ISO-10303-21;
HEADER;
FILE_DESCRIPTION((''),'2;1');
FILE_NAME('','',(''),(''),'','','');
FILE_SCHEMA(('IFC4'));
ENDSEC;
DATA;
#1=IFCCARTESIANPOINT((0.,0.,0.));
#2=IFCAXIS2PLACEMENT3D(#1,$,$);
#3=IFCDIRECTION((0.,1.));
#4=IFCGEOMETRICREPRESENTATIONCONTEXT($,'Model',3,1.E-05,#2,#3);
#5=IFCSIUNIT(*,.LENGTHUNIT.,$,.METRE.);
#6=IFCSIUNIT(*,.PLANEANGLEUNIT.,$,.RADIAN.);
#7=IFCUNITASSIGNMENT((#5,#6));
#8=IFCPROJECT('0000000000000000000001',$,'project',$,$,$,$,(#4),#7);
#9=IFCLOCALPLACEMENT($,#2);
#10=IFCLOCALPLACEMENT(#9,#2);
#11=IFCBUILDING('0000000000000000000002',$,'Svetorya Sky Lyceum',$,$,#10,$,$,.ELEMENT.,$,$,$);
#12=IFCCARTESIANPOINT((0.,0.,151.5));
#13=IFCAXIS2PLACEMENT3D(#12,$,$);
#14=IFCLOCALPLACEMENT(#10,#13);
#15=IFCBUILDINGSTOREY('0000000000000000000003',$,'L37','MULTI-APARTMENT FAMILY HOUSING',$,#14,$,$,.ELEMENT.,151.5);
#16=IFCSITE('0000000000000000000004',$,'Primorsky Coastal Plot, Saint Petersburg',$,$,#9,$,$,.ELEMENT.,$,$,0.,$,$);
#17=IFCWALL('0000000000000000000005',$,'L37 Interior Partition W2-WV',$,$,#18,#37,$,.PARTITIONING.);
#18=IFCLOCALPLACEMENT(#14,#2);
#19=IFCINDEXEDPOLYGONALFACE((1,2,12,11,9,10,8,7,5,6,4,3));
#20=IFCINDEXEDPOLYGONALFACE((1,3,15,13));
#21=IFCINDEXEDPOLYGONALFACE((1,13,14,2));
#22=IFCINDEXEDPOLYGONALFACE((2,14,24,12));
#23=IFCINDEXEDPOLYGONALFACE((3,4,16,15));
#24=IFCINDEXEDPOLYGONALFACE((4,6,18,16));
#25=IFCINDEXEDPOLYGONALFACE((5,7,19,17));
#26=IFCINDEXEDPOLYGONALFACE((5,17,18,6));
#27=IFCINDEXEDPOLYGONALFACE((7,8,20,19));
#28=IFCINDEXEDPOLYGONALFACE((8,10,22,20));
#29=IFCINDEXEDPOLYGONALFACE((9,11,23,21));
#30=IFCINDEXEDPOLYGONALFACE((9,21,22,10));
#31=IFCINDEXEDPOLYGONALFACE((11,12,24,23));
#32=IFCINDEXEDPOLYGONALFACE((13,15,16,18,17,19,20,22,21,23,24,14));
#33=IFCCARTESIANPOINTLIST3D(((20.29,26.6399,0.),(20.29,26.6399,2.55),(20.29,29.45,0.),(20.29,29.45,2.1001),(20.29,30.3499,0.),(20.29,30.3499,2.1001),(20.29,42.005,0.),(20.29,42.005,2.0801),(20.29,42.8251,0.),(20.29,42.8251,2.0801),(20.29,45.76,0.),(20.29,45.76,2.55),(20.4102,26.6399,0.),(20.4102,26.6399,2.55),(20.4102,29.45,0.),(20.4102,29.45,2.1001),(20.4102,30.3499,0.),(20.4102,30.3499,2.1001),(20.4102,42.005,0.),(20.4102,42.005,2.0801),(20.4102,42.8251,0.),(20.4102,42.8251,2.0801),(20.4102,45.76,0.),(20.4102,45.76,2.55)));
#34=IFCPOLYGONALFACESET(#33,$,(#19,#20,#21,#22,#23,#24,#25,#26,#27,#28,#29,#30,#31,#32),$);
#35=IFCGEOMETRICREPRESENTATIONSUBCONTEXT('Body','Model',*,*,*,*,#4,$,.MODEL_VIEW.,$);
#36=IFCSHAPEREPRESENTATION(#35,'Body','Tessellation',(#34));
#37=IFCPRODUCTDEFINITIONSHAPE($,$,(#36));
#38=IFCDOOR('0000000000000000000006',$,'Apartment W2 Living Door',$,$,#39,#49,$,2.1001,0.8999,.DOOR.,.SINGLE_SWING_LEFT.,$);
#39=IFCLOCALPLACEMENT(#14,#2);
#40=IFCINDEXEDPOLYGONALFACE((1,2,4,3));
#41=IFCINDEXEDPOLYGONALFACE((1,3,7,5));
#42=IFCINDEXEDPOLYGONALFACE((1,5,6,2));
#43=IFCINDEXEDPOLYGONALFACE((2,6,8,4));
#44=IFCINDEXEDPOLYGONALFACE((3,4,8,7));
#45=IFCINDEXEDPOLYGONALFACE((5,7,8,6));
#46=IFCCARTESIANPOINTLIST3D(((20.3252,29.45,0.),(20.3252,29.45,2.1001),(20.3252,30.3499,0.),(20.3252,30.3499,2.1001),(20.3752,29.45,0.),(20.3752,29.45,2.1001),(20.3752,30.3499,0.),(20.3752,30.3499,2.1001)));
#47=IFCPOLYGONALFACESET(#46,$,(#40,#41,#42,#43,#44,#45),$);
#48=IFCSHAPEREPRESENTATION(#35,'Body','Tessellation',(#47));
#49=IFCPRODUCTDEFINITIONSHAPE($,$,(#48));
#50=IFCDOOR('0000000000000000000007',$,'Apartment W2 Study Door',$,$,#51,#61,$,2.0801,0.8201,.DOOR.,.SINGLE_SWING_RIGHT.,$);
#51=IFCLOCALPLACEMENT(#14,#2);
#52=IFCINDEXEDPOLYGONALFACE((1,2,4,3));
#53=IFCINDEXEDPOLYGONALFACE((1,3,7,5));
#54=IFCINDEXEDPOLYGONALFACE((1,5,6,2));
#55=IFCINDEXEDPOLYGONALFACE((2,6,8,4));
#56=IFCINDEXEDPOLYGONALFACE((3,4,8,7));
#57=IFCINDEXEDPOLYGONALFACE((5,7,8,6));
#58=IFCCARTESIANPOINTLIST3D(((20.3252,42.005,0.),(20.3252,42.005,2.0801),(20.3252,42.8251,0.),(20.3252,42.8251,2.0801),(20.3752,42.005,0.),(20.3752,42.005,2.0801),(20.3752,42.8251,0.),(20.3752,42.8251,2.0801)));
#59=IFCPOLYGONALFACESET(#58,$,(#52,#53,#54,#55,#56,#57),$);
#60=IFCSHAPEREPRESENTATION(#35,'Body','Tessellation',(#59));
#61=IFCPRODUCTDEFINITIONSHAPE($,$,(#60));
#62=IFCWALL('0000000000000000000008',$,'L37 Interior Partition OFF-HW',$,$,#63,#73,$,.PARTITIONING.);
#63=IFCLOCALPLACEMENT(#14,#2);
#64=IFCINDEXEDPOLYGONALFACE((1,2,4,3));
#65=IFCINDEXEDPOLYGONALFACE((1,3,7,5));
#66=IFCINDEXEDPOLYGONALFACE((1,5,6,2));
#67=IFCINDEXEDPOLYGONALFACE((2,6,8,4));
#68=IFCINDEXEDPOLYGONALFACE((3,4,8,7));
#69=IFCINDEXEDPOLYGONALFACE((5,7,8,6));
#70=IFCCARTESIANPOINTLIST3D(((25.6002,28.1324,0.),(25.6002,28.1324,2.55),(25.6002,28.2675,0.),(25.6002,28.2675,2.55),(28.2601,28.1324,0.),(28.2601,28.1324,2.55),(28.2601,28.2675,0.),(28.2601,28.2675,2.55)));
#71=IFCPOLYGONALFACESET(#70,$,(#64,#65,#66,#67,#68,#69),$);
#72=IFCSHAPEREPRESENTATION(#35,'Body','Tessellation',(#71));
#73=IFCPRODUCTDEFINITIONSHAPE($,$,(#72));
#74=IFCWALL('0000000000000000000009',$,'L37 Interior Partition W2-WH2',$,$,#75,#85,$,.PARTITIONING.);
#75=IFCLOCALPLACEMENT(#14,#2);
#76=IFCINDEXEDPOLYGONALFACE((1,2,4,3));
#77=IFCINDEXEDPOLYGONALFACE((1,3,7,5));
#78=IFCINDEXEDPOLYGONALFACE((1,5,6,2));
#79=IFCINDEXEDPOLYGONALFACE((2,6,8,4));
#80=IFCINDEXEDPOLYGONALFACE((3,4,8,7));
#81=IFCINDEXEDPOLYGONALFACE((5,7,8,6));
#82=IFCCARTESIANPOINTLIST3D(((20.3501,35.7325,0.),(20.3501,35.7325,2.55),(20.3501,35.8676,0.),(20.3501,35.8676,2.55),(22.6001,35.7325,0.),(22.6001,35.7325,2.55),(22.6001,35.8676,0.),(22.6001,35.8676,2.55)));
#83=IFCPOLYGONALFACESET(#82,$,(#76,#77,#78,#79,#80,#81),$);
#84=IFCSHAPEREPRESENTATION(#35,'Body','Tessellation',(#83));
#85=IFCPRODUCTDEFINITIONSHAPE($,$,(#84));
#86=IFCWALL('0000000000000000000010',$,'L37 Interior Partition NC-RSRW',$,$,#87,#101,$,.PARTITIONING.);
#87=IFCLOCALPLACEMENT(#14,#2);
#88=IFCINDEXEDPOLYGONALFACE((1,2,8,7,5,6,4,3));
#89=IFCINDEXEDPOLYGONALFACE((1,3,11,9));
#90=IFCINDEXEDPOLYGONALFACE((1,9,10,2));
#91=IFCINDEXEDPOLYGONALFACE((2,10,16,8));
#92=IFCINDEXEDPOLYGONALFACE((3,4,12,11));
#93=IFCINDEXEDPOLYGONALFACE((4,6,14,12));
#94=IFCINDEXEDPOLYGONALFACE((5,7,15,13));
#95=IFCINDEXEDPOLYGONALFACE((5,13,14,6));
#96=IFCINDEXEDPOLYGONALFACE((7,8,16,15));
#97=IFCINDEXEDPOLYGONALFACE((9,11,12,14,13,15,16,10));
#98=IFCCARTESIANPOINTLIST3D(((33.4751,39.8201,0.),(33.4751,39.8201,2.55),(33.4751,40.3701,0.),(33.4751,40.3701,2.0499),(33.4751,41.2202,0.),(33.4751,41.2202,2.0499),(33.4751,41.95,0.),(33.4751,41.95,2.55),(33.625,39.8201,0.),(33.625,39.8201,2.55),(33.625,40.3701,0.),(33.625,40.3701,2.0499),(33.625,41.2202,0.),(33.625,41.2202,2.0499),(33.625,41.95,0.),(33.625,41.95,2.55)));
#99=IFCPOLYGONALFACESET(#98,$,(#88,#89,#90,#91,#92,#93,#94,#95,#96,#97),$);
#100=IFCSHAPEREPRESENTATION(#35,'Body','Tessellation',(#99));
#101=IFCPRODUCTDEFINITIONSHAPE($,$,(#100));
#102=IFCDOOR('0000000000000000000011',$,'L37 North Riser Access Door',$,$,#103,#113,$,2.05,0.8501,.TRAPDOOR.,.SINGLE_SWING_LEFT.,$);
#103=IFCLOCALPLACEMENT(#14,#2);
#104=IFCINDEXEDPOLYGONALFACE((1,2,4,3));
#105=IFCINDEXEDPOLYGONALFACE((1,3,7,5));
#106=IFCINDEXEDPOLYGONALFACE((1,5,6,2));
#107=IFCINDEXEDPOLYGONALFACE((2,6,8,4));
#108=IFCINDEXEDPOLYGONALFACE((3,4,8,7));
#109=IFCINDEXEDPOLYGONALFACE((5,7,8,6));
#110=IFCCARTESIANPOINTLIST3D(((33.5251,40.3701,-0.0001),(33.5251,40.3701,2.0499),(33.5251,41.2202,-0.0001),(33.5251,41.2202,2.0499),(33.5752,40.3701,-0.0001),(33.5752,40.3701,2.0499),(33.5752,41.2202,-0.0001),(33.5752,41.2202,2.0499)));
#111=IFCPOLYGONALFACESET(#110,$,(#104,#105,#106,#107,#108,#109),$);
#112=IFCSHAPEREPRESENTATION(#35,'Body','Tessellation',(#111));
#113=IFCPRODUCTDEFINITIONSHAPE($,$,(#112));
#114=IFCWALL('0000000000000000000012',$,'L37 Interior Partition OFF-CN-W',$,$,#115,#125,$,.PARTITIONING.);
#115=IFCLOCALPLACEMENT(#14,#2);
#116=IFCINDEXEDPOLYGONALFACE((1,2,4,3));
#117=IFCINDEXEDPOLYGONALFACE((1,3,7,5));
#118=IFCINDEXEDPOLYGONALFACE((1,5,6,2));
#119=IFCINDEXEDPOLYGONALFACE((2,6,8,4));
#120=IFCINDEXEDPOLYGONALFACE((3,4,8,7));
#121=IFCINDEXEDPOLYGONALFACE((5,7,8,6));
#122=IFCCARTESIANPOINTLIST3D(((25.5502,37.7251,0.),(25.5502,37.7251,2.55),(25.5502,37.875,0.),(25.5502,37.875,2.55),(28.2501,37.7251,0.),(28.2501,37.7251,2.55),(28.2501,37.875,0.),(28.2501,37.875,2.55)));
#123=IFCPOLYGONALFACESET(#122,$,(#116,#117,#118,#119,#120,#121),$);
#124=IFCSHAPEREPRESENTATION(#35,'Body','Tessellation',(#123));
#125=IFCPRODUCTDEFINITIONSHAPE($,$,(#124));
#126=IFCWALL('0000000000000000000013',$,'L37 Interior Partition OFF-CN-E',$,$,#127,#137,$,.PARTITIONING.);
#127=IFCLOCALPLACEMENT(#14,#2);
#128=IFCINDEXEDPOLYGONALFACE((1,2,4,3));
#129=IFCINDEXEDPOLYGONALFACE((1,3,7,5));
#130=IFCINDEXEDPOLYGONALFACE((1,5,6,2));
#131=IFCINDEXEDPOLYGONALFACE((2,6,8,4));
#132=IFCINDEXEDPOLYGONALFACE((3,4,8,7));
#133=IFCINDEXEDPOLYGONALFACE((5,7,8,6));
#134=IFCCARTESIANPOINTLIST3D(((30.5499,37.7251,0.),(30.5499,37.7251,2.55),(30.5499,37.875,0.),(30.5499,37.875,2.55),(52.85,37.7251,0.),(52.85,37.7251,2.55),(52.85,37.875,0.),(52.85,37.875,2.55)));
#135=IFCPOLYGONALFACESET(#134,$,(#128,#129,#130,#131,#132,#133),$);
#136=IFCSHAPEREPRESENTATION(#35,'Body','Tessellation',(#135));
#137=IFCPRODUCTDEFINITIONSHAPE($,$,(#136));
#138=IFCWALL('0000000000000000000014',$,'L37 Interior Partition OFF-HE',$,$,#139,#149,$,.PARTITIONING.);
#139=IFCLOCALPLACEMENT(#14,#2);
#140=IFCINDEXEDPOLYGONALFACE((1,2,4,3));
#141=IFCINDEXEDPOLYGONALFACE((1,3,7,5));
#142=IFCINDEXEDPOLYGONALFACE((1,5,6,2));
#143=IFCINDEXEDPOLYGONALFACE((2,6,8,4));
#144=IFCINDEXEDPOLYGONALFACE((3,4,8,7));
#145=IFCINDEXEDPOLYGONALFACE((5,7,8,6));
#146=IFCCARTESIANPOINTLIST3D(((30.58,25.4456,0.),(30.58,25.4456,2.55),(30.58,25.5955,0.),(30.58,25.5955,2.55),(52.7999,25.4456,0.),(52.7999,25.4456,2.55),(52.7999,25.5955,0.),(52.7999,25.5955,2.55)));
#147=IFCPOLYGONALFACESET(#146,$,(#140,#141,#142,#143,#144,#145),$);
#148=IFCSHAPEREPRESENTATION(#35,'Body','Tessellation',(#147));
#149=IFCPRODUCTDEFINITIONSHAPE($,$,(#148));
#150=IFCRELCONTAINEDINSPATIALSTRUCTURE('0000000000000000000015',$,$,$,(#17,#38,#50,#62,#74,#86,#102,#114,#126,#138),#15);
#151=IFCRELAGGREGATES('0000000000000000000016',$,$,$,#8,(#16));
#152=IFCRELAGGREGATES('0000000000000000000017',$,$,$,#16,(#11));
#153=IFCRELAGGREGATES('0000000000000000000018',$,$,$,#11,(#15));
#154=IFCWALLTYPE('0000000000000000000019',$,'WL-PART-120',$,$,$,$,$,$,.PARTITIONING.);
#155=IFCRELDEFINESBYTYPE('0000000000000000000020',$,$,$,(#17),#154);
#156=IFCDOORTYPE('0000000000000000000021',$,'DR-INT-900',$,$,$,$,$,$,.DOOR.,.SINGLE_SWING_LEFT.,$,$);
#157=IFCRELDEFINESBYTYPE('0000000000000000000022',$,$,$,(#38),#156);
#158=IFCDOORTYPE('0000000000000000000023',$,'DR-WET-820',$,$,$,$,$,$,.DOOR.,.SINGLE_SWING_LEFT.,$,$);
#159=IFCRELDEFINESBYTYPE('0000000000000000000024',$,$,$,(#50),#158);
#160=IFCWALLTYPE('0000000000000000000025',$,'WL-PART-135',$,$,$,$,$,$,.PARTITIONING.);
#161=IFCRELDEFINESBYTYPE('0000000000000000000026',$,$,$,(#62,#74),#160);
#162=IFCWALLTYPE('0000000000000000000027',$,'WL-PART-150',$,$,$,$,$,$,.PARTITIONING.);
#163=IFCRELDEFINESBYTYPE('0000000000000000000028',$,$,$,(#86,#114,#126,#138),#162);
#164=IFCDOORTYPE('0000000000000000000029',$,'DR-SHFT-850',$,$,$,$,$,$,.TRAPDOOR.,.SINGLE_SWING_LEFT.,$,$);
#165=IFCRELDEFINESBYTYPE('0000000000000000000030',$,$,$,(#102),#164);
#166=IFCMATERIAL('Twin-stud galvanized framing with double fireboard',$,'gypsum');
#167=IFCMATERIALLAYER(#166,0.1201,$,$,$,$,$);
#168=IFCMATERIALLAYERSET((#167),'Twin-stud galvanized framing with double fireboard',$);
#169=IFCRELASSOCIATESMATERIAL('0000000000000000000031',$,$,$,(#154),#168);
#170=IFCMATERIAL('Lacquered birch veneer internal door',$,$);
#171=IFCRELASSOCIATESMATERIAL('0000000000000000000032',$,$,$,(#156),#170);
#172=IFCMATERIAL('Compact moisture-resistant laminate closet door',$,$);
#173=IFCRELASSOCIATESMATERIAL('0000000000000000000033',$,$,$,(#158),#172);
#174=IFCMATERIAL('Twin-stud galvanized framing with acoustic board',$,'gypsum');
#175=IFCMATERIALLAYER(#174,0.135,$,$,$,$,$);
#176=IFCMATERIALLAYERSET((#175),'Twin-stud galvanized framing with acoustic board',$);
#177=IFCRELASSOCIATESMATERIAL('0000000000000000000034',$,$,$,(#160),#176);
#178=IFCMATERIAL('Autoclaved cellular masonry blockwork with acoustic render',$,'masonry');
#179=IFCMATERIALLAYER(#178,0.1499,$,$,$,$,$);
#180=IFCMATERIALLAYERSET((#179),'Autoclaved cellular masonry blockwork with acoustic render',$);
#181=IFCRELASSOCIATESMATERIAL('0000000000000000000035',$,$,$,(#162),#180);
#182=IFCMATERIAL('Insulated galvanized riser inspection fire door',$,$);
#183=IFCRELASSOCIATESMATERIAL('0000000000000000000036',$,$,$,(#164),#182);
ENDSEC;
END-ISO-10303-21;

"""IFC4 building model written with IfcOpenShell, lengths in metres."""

from ifc_helpers import new_model, si_unit, direction, frame, frame_2d, origin, place, context, subcontext, project, spatial, rectangle, extrude, material, layer, layer_set, type_object, element, fill, save


model = new_model("IFC4")

# Units and contexts
model_context = context("Model", 3, precision=1e-05, world=origin(), true_north=direction((0.0, 1.0)))
body_context = subcontext(model_context, "Body", "Model", "MODEL_VIEW")
ifc_project = project(units=[si_unit("LENGTHUNIT", "METRE"), si_unit("PLANEANGLEUNIT", "RADIAN")], contexts=[model_context])

# Site, building, storey
site_placement = place(None, origin())
site = spatial("IfcSite", under=ifc_project, at=site_placement, Name="Primorsky Coastal Plot, Saint Petersburg", CompositionType="ELEMENT", RefElevation=0.0)
building_placement = place(site_placement, origin())
building = spatial("IfcBuilding", under=site, at=building_placement, Name="Svetorya Sky Lyceum", CompositionType="ELEMENT")
storey_placement = place(building_placement, frame((0.0, 0.0, 151.5)))
storey = spatial("IfcBuildingStorey", under=building, at=storey_placement, Name="L37", Description="MULTI-APARTMENT FAMILY HOUSING", CompositionType="ELEMENT", Elevation=151.5)

# Shared definitions
ifc_material_1 = material(Name="Twin-stud galvanized framing with double fireboard", Category="gypsum")
ifc_layer_1 = layer(ifc_material_1, 0.1201)
ifc_layer_set_1 = layer_set([ifc_layer_1], Name="Twin-stud galvanized framing with double fireboard")
wall_type_1 = type_object("IfcWallType", Name="WL-PART-120", PredefinedType="PARTITIONING", material=ifc_layer_set_1)

# Wall, openings, doors
wall_1_placement = place(storey_placement, frame((20.3501, 26.6399, 0.0), z_axis=(0.0, 0.0, 1.0), x_axis=(0.0, 1.0, 0.0)))
wall_1 = element("IfcWall", 1, at=wall_1_placement, inside=storey, type_object=wall_type_1, Name="L37 Interior Partition W2-WV", PredefinedType="PARTITIONING", context=body_context, shape_type="SweptSolid", body=[
    extrude(rectangle(XDim=19.1201, YDim=0.1201, at=frame_2d((9.5601, 0.0))), origin(), (0.0, 0.0, 1.0), 2.55),
])
opening_1_placement = place(wall_1_placement, frame((2.8101, 0.0, 0.0)))
opening_1 = element("IfcOpeningElement", 2, at=opening_1_placement, cuts=wall_1, PredefinedType="OPENING", context=body_context, shape_type="SweptSolid", body=[
    extrude(rectangle(XDim=0.8999, YDim=2.1001, at=frame_2d((0.45, 1.05))), frame((0.0, 0.0701, 0.0), z_axis=(0.0, -1.0, 0.0), x_axis=(1.0, 0.0, 0.0)), (0.0, 0.0, 1.0), 0.1401),
])
opening_2_placement = place(wall_1_placement, frame((15.365, 0.0, 0.0)))
opening_2 = element("IfcOpeningElement", 3, at=opening_2_placement, cuts=wall_1, PredefinedType="OPENING", context=body_context, shape_type="SweptSolid", body=[
    extrude(rectangle(XDim=0.8201, YDim=2.0801, at=frame_2d((0.4102, 1.04))), frame((0.0, 0.0701, 0.0), z_axis=(0.0, -1.0, 0.0), x_axis=(1.0, 0.0, 0.0)), (0.0, 0.0, 1.0), 0.1401),
])
ifc_material_2 = material(Name="Lacquered birch veneer internal door")
door_type_1 = type_object("IfcDoorType", Name="DR-INT-900", OperationType="SINGLE_SWING_LEFT", PredefinedType="DOOR", material=ifc_material_2)
door_1_placement = place(opening_1_placement, origin())
door_1 = element("IfcDoor", 4, at=door_1_placement, inside=storey, type_object=door_type_1, Name="Apartment W2 Living Door", OperationType="SINGLE_SWING_LEFT", OverallHeight=2.1001, OverallWidth=0.8999, PredefinedType="DOOR", context=body_context, shape_type="SweptSolid", body=[
    extrude(rectangle(XDim=0.8999, YDim=2.1001, at=frame_2d((0.45, 1.05))), frame((0.0, 0.0249, 0.0), z_axis=(0.0, -1.0, 0.0), x_axis=(1.0, 0.0, 0.0)), (0.0, 0.0, 1.0), 0.05),
])
fill(opening_1, door_1)
ifc_material_3 = material(Name="Compact moisture-resistant laminate closet door")
door_type_2 = type_object("IfcDoorType", Name="DR-WET-820", OperationType="SINGLE_SWING_LEFT", PredefinedType="DOOR", material=ifc_material_3)
door_2_placement = place(opening_2_placement, origin())
door_2 = element("IfcDoor", 5, at=door_2_placement, inside=storey, type_object=door_type_2, Name="Apartment W2 Study Door", OperationType="SINGLE_SWING_RIGHT", OverallHeight=2.0801, OverallWidth=0.8201, PredefinedType="DOOR", context=body_context, shape_type="SweptSolid", body=[
    extrude(rectangle(XDim=0.8201, YDim=2.0801, at=frame_2d((0.4102, 1.04))), frame((0.0, 0.0249, 0.0), z_axis=(0.0, -1.0, 0.0), x_axis=(1.0, 0.0, 0.0)), (0.0, 0.0, 1.0), 0.05),
])
fill(opening_2, door_2)

# Walls
ifc_material_4 = material(Name="Twin-stud galvanized framing with acoustic board", Category="gypsum")
ifc_layer_2 = layer(ifc_material_4, 0.135)
ifc_layer_set_2 = layer_set([ifc_layer_2], Name="Twin-stud galvanized framing with acoustic board")
wall_type_2 = type_object("IfcWallType", Name="WL-PART-135", PredefinedType="PARTITIONING", material=ifc_layer_set_2)
wall_2_placement = place(storey_placement, frame((25.6001, 28.2, 0.0), z_axis=(0.0, 0.0, 1.0), x_axis=(1.0, 0.0, 0.0)))
element("IfcWall", 6, at=wall_2_placement, inside=storey, type_object=wall_type_2, Name="L37 Interior Partition OFF-HW", PredefinedType="PARTITIONING", context=body_context, shape_type="SweptSolid", body=[
    extrude(rectangle(XDim=2.6599, YDim=0.135, at=frame_2d((1.3301, 0.0))), origin(), (0.0, 0.0, 1.0), 2.55),
])
wall_3_placement = place(storey_placement, frame((20.3501, 35.8, 0.0), z_axis=(0.0, 0.0, 1.0), x_axis=(1.0, 0.0, 0.0)))
element("IfcWall", 7, at=wall_3_placement, inside=storey, type_object=wall_type_2, Name="L37 Interior Partition W2-WH2", PredefinedType="PARTITIONING", context=body_context, shape_type="SweptSolid", body=[
    extrude(rectangle(XDim=2.25, YDim=0.135, at=frame_2d((1.125, 0.0))), origin(), (0.0, 0.0, 1.0), 2.55),
])

# Wall, opening, door
ifc_material_5 = material(Name="Autoclaved cellular masonry blockwork with acoustic render", Category="masonry")
ifc_layer_3 = layer(ifc_material_5, 0.1499)
ifc_layer_set_3 = layer_set([ifc_layer_3], Name="Autoclaved cellular masonry blockwork with acoustic render")
wall_type_3 = type_object("IfcWallType", Name="WL-PART-150", PredefinedType="PARTITIONING", material=ifc_layer_set_3)
wall_4_placement = place(storey_placement, frame((33.55, 39.8201, 0.0), z_axis=(0.0, 0.0, 1.0), x_axis=(0.0, 1.0, 0.0)))
wall_4 = element("IfcWall", 8, at=wall_4_placement, inside=storey, type_object=wall_type_3, Name="L37 Interior Partition NC-RSRW", PredefinedType="PARTITIONING", context=body_context, shape_type="SweptSolid", body=[
    extrude(rectangle(XDim=2.1299, YDim=0.1499, at=frame_2d((1.0649, 0.0))), origin(), (0.0, 0.0, 1.0), 2.55),
])
opening_3_placement = place(wall_4_placement, frame((0.55, 0.0, 0.0)))
opening_3 = element("IfcOpeningElement", 9, at=opening_3_placement, cuts=wall_4, PredefinedType="OPENING", context=body_context, shape_type="SweptSolid", body=[
    extrude(rectangle(XDim=0.8501, YDim=2.05, at=frame_2d((0.425, 1.0249))), frame((0.0, 0.085, 0.0), z_axis=(0.0, -1.0, 0.0), x_axis=(1.0, 0.0, 0.0)), (0.0, 0.0, 1.0), 0.1699),
])
ifc_material_6 = material(Name="Insulated galvanized riser inspection fire door")
door_type_3 = type_object("IfcDoorType", Name="DR-SHFT-850", OperationType="SINGLE_SWING_LEFT", PredefinedType="TRAPDOOR", material=ifc_material_6)
door_3_placement = place(opening_3_placement, origin())
door_3 = element("IfcDoor", 10, at=door_3_placement, inside=storey, type_object=door_type_3, Name="L37 North Riser Access Door", OperationType="SINGLE_SWING_LEFT", OverallHeight=2.05, OverallWidth=0.8501, PredefinedType="TRAPDOOR", context=body_context, shape_type="SweptSolid", body=[
    extrude(rectangle(XDim=0.8501, YDim=2.05, at=frame_2d((0.425, 1.0249))), frame((0.0, 0.0249, 0.0), z_axis=(0.0, -1.0, 0.0), x_axis=(1.0, 0.0, 0.0)), (0.0, 0.0, 1.0), 0.05),
])
fill(opening_3, door_3)

# Walls
wall_5_placement = place(storey_placement, frame((25.55, 37.8, 0.0), z_axis=(0.0, 0.0, 1.0), x_axis=(1.0, 0.0, 0.0)))
element("IfcWall", 11, at=wall_5_placement, inside=storey, type_object=wall_type_3, Name="L37 Interior Partition OFF-CN-W", PredefinedType="PARTITIONING", context=body_context, shape_type="SweptSolid", body=[
    extrude(rectangle(XDim=2.7, YDim=0.1499, at=frame_2d((1.3501, 0.0))), origin(), (0.0, 0.0, 1.0), 2.55),
])
wall_6_placement = place(storey_placement, frame((30.55, 37.8, 0.0), z_axis=(0.0, 0.0, 1.0), x_axis=(1.0, 0.0, 0.0)))
element("IfcWall", 12, at=wall_6_placement, inside=storey, type_object=wall_type_3, Name="L37 Interior Partition OFF-CN-E", PredefinedType="PARTITIONING", context=body_context, shape_type="SweptSolid", body=[
    extrude(rectangle(XDim=22.3, YDim=0.1499, at=frame_2d((11.1499, 0.0))), origin(), (0.0, 0.0, 1.0), 2.55),
])
wall_7_placement = place(storey_placement, frame((30.5801, 25.5205, 0.0), z_axis=(0.0, 0.0, 1.0), x_axis=(1.0, 0.0, 0.0)))
element("IfcWall", 13, at=wall_7_placement, inside=storey, type_object=wall_type_3, Name="L37 Interior Partition OFF-HE", PredefinedType="PARTITIONING", context=body_context, shape_type="SweptSolid", body=[
    extrude(rectangle(XDim=22.22, YDim=0.1499, at=frame_2d((11.1099, 0.0))), origin(), (0.0, 0.0, 1.0), 2.55),
])

save(model, "model.ifc")
